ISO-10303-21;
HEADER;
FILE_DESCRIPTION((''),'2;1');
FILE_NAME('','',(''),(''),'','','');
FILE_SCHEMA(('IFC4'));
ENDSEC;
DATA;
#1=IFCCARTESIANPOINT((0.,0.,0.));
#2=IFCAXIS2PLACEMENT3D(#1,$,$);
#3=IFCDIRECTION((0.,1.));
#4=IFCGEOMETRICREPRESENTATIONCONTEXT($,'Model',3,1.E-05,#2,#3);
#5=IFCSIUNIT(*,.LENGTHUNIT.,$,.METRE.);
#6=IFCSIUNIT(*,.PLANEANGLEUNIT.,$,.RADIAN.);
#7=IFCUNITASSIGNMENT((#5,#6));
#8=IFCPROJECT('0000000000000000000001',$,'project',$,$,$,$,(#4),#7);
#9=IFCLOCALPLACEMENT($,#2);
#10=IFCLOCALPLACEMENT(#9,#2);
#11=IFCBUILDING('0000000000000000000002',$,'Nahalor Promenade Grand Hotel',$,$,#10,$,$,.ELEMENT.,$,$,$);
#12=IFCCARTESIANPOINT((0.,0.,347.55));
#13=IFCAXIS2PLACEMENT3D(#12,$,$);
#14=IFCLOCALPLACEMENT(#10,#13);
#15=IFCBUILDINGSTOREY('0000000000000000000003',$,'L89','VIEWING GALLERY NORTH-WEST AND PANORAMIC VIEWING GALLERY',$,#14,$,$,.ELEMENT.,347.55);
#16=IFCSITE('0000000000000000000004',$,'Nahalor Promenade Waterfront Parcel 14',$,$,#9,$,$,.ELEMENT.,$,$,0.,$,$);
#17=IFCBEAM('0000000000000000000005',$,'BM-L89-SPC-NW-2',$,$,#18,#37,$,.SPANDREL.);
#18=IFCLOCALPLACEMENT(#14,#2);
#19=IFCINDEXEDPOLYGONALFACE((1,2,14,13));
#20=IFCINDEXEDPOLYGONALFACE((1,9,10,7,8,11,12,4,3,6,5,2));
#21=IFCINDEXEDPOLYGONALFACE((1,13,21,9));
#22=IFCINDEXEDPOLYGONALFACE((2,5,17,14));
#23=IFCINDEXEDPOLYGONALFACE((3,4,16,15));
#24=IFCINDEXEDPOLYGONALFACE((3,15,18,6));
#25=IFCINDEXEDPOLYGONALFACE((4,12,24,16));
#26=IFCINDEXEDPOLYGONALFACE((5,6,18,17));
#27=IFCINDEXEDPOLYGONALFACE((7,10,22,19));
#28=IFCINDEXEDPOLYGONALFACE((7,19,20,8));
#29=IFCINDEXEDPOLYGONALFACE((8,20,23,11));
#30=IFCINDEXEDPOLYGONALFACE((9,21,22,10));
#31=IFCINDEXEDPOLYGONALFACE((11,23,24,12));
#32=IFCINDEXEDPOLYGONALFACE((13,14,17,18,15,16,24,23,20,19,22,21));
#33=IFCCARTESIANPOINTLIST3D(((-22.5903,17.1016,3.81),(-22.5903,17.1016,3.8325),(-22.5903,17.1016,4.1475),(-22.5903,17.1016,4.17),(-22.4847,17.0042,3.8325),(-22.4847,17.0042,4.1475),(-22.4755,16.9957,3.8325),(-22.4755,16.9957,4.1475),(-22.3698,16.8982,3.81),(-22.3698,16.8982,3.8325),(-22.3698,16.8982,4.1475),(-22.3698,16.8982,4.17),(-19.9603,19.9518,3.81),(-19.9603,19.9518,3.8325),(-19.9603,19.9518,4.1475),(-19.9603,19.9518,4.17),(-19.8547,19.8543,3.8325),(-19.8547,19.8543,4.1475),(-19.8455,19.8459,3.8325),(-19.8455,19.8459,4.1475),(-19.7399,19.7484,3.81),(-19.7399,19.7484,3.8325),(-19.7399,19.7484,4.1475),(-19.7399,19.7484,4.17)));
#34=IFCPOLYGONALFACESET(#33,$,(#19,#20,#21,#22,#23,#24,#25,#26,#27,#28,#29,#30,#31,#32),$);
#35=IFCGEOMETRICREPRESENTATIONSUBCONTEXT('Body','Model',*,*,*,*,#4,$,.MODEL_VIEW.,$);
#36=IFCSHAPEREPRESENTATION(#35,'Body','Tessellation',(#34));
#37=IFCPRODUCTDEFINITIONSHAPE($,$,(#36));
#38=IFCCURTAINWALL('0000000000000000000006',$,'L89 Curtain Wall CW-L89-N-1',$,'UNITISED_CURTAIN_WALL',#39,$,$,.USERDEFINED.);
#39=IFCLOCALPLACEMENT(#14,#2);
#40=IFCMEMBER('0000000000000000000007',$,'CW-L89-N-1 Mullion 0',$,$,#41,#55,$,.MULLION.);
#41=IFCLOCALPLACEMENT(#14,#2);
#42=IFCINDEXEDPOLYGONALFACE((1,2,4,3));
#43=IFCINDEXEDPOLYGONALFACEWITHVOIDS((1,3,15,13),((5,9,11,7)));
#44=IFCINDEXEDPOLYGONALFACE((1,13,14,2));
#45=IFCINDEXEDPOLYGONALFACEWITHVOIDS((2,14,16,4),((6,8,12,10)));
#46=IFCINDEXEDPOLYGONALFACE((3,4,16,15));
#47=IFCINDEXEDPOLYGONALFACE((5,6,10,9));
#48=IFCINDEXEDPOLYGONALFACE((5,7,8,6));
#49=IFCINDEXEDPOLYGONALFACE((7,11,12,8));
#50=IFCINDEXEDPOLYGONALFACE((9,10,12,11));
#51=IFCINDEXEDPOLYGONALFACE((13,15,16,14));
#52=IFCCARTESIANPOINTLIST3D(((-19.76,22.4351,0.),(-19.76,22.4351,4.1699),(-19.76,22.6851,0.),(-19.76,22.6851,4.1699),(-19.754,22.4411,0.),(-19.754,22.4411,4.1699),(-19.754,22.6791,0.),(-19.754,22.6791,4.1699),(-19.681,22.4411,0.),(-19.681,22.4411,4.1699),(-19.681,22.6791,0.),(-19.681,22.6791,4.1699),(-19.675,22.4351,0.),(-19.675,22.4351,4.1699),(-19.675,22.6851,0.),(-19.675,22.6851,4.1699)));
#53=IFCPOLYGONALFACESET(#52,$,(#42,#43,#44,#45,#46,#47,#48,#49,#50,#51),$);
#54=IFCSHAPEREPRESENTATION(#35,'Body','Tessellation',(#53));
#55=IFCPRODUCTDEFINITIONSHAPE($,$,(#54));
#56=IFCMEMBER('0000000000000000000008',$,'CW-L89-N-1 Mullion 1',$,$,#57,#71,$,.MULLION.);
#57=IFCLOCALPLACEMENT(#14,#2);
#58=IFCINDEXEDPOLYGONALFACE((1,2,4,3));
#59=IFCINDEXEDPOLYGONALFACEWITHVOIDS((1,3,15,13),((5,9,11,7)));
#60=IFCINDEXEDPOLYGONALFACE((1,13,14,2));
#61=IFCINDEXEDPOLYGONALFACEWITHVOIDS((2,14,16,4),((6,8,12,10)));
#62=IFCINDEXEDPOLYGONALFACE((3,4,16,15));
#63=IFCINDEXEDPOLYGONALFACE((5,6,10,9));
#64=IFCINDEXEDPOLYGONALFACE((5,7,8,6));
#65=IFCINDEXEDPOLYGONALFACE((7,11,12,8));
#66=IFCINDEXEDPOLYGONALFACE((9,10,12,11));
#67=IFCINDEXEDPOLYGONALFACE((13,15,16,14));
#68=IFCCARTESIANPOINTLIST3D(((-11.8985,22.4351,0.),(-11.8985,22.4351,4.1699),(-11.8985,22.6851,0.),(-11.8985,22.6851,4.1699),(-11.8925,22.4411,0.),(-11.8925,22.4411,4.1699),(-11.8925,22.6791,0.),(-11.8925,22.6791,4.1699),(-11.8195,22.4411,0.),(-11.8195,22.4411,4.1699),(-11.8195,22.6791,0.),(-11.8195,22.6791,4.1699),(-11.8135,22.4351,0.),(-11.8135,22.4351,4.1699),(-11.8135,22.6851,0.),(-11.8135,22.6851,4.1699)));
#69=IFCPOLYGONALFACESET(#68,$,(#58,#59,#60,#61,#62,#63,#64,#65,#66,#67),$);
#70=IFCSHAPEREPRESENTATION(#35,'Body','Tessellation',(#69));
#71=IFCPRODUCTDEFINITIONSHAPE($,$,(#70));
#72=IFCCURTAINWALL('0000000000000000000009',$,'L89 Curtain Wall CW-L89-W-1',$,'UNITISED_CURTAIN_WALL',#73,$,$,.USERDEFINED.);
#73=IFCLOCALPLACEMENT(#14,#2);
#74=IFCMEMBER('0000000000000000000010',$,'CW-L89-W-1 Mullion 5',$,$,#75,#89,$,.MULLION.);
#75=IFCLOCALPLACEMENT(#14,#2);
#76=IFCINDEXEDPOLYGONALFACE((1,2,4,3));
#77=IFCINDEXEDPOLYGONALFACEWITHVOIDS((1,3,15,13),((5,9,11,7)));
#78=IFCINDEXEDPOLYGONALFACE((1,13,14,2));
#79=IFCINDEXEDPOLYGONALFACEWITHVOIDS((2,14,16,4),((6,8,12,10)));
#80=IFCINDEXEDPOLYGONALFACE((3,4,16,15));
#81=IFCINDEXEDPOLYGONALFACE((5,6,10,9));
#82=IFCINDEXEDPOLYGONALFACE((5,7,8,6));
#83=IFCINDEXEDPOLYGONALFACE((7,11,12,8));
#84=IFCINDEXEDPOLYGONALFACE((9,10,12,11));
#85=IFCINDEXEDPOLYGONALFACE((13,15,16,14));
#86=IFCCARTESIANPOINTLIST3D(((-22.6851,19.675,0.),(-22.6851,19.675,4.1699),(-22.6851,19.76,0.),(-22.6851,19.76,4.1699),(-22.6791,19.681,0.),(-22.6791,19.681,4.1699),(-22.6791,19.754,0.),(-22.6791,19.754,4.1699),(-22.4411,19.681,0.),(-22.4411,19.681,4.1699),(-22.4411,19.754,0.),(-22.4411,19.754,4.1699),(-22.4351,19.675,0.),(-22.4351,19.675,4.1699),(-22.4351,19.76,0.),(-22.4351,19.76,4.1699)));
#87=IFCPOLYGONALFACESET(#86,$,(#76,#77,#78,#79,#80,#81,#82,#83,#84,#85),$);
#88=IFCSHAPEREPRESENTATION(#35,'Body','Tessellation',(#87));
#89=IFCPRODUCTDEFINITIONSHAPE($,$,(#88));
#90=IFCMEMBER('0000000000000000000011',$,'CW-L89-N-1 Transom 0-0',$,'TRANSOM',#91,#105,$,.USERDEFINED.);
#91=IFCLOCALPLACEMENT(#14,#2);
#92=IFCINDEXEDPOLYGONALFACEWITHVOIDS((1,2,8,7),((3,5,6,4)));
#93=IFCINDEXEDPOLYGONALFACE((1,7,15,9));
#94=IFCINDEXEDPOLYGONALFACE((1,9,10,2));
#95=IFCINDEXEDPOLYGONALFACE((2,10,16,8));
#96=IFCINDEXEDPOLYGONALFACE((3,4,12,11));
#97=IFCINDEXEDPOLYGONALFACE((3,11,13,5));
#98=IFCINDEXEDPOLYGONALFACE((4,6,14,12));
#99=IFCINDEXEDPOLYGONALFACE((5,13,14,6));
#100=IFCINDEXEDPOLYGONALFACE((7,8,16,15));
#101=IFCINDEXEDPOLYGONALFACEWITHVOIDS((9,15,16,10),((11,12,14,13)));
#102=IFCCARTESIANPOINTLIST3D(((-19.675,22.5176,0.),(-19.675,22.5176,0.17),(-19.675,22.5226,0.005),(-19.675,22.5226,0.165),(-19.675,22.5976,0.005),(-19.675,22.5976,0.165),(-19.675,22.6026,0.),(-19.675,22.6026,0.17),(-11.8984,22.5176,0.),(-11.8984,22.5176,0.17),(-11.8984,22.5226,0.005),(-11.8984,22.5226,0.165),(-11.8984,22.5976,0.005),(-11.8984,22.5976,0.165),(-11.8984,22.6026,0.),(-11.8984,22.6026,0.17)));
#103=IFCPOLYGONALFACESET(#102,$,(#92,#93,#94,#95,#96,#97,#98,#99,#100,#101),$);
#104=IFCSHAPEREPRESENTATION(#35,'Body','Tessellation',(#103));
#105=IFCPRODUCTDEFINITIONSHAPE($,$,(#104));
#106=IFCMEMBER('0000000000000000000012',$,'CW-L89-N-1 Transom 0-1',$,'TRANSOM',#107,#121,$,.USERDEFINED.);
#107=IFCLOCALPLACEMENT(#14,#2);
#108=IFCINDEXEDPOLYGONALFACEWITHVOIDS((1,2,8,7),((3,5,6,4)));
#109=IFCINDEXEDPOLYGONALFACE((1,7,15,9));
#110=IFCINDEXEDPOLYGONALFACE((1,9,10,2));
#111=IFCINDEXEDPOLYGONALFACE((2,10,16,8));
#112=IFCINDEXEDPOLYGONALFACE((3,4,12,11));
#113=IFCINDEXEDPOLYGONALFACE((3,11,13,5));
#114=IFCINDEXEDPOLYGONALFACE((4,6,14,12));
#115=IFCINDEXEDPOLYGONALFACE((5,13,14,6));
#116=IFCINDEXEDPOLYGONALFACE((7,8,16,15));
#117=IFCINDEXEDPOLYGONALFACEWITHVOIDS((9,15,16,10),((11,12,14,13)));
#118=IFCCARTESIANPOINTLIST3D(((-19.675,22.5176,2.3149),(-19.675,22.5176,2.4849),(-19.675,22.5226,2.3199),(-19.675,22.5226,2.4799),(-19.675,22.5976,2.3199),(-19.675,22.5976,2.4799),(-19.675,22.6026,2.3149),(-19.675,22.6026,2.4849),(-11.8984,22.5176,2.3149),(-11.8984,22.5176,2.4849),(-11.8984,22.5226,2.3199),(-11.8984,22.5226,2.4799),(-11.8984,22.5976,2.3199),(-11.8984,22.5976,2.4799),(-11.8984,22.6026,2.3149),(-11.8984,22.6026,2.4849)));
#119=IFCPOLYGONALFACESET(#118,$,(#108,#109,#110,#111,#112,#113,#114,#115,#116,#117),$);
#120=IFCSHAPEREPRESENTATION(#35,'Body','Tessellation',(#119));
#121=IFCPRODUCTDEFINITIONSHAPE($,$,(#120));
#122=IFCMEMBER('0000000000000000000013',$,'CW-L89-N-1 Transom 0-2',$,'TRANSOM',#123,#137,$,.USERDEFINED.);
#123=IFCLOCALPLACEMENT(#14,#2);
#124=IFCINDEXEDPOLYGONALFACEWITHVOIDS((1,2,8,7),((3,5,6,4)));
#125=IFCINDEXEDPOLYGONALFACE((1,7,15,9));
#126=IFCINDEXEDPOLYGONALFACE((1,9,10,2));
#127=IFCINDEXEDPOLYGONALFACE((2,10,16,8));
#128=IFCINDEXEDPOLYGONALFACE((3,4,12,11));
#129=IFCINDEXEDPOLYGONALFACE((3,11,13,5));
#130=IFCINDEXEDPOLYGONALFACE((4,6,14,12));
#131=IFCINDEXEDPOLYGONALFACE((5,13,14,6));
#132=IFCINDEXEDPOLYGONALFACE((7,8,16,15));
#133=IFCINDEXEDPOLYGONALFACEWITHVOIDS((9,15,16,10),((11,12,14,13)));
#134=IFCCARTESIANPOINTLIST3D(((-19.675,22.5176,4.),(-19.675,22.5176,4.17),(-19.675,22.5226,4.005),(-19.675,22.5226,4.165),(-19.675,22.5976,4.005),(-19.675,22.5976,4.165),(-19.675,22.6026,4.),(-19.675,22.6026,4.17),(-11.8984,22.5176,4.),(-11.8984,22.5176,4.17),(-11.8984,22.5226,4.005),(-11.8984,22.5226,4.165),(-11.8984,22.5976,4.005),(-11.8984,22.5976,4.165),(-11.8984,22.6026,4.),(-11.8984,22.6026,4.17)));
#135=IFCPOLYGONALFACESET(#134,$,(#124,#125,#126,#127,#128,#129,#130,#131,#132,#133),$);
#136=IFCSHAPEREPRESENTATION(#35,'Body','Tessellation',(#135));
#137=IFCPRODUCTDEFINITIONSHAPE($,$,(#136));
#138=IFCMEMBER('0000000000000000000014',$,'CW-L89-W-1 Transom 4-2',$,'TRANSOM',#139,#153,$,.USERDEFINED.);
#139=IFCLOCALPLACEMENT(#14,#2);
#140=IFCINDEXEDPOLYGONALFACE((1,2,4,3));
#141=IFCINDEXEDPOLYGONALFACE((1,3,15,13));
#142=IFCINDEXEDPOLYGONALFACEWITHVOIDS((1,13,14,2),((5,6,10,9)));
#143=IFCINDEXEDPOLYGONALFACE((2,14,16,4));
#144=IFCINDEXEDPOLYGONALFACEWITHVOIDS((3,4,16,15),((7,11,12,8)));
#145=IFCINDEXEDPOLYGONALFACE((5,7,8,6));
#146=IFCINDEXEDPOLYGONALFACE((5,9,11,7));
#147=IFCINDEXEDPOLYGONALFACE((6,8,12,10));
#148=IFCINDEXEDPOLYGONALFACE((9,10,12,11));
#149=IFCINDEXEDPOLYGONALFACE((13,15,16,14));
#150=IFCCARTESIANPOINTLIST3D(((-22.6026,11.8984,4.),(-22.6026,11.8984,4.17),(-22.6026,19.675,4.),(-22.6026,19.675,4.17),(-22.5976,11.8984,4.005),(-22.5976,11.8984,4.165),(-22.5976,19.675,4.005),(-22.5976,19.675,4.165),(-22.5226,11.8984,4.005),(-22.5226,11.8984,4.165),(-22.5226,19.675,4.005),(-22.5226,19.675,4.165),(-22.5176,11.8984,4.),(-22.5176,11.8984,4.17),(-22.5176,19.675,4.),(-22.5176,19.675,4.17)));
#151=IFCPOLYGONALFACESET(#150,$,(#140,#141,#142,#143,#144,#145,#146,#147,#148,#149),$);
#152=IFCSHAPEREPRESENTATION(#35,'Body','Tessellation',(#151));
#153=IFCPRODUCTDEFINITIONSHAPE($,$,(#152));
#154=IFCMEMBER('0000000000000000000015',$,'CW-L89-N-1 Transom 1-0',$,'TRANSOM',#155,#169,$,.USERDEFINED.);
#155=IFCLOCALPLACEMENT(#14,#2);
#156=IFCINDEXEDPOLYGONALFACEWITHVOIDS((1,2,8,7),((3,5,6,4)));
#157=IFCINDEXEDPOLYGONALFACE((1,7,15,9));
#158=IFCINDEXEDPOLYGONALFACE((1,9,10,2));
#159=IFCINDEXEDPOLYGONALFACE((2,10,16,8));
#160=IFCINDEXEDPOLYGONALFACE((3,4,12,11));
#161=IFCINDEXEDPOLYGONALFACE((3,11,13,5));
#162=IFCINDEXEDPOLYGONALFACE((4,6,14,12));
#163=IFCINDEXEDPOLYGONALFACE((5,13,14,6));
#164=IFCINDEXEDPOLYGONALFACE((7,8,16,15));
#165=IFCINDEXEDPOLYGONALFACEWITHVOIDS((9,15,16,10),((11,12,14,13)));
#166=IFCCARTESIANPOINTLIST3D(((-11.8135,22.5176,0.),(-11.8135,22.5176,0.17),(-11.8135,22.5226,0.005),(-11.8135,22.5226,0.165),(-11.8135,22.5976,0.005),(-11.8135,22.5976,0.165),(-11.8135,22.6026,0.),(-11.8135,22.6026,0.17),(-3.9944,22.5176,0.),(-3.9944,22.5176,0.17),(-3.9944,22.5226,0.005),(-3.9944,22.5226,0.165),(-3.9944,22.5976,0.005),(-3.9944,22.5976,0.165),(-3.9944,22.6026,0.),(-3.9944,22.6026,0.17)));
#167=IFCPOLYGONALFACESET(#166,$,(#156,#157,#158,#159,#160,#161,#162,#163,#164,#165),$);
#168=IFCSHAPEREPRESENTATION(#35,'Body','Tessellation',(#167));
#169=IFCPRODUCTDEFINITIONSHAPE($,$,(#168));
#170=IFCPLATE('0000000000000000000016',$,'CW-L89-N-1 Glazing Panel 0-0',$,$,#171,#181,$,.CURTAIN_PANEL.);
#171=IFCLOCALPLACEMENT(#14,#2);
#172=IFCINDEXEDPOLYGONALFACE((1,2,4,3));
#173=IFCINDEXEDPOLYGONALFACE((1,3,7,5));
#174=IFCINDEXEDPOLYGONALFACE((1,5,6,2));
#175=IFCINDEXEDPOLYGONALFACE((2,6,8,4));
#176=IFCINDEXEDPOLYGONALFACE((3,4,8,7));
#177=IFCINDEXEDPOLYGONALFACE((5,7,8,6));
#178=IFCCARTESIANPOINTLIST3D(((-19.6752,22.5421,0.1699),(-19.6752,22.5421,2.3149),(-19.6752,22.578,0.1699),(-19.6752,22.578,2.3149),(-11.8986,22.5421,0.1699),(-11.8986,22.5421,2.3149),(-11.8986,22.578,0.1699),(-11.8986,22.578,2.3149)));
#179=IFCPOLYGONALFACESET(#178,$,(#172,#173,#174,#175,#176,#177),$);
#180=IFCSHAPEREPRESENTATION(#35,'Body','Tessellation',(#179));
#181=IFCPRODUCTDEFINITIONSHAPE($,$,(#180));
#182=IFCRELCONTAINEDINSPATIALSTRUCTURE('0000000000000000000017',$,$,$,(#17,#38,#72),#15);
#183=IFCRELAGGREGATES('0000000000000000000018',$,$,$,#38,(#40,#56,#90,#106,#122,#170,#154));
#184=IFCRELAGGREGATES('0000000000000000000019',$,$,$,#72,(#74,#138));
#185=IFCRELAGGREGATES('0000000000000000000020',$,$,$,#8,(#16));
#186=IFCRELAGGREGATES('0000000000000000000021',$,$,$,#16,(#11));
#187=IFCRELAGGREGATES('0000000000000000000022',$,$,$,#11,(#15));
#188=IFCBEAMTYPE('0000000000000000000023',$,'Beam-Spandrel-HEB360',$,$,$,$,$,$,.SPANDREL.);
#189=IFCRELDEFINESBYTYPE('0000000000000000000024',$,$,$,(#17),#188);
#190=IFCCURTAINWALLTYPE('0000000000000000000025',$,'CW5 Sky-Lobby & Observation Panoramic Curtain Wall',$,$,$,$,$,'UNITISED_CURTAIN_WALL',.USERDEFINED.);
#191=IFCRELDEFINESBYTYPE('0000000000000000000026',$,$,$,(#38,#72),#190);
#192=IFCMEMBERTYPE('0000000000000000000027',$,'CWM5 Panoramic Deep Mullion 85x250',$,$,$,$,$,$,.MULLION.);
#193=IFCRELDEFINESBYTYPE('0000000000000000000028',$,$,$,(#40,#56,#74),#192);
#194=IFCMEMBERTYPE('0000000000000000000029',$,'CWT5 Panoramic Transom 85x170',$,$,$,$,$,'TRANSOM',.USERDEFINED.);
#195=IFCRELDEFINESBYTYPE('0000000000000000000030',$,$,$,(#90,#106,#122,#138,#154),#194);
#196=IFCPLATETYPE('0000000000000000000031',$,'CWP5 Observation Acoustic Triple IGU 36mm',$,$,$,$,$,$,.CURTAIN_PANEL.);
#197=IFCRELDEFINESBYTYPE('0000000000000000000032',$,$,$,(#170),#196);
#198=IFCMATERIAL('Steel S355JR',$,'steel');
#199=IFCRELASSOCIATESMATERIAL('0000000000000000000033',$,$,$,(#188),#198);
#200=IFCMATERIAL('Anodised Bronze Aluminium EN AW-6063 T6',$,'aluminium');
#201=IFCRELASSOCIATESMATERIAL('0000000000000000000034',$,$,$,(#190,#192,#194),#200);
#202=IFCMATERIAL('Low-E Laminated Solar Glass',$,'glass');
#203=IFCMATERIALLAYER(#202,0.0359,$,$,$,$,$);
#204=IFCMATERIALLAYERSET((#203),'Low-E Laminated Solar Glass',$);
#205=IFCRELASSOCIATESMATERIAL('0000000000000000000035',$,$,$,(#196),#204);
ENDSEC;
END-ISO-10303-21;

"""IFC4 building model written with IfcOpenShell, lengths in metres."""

from ifc_helpers import new_model, si_unit, direction, frame, origin, origin_2d, place, context, subcontext, project, spatial, rectangle, hollow_rectangle, i_section, extrude, source, transform, mapped, material, layer, layer_set, material_profile, profile_set, type_object, element, aggregate, save


model = new_model("IFC4")

# Units and contexts
model_context = context("Model", 3, precision=1e-05, world=origin(), true_north=direction((0.0, 1.0)))
body_context = subcontext(model_context, "Body", "Model", "MODEL_VIEW")
ifc_project = project(units=[si_unit("LENGTHUNIT", "METRE"), si_unit("PLANEANGLEUNIT", "RADIAN")], contexts=[model_context])

# Site, building, storey
site_placement = place(None, origin())
site = spatial("IfcSite", under=ifc_project, at=site_placement, Name="Nahalor Promenade Waterfront Parcel 14", CompositionType="ELEMENT", RefElevation=0.0)
building_placement = place(site_placement, origin())
building = spatial("IfcBuilding", under=site, at=building_placement, Name="Nahalor Promenade Grand Hotel", CompositionType="ELEMENT")
storey_placement = place(building_placement, frame((0.0, 0.0, 347.55)))
storey = spatial("IfcBuildingStorey", under=building, at=storey_placement, Name="L89", Description="VIEWING GALLERY NORTH-WEST AND PANORAMIC VIEWING GALLERY", CompositionType="ELEMENT", Elevation=347.55)

# Shared definitions
ifc_material_1 = material(Name="Steel S355JR", Category="steel")

# Beam
ifc_material_profile_1 = material_profile(ifc_material_1, i_section(OverallWidth=0.3, OverallDepth=0.36, WebThickness=0.0125, FlangeThickness=0.0225, at=origin_2d()), Name="HEB 360")
ifc_profile_set_1 = profile_set([ifc_material_profile_1], Name="Steel S355JR")
beam_type_1 = type_object("IfcBeamType", Name="Beam-Spandrel-HEB360", PredefinedType="SPANDREL", material=ifc_profile_set_1)
shared_shape_1 = source(origin(), body_context, "Body", "SweptSolid", [
    extrude(i_section(OverallWidth=0.3, OverallDepth=0.36, WebThickness=0.0125, FlangeThickness=0.0225, at=origin_2d()), origin(), (0.0, 0.0, 1.0), 3.8782),
])
for number, where, z_axis, x_axis, name in (
    (1, (-19.8501, 19.8501, 3.99), (-0.678144, -0.734929, 0.0), (0.734929, -0.678144, 0.0), "BM-L89-SPC-NW-2"),
):
    element("IfcBeam", number, at=place(storey_placement, frame(where, z_axis=z_axis, x_axis=x_axis)), inside=storey, type_object=beam_type_1, Name=name, PredefinedType="SPANDREL", context=body_context, shape_type="MappedRepresentation", body=[
        mapped(shared_shape_1, transform((0.0, 0.0, 0.0), scale=1.0)),
    ])

# Curtain wall, members
ifc_material_2 = material(Name="Anodised Bronze Aluminium EN AW-6063 T6", Category="aluminium")
curtain_wall_type = type_object("IfcCurtainWallType", Name="CW5 Sky-Lobby & Observation Panoramic Curtain Wall", ElementType="UNITISED_CURTAIN_WALL", PredefinedType="USERDEFINED", material=ifc_material_2)
curtain_wall_1_placement = place(storey_placement, origin())
curtain_wall_1 = element("IfcCurtainWall", 2, at=curtain_wall_1_placement, inside=storey, type_object=curtain_wall_type, Name="L89 Curtain Wall CW-L89-N-1", ObjectType="UNITISED_CURTAIN_WALL", PredefinedType="USERDEFINED")
ifc_material_profile_2 = material_profile(ifc_material_2, hollow_rectangle(XDim=0.085, YDim=0.25, WallThickness=0.006, at=origin_2d()), Name="CWM 85x250x6")
ifc_profile_set_2 = profile_set([ifc_material_profile_2], Name="Anodised Bronze Aluminium EN AW-6063 T6")
member_type_1 = type_object("IfcMemberType", Name="CWM5 Panoramic Deep Mullion 85x250", PredefinedType="MULLION", material=ifc_profile_set_2)
shared_shape_2 = source(origin(), body_context, "Body", "SweptSolid", [
    extrude(hollow_rectangle(XDim=0.085, YDim=0.25, WallThickness=0.006, at=origin_2d()), origin(), (0.0, 0.0, 1.0), 4.1699),
])
member_1_placement = place(storey_placement, frame((-19.7175, 22.5601, 0.0), z_axis=(0.0, 0.0, 1.0), x_axis=(1.0, 0.0, 0.0)))
member_1 = element("IfcMember", 3, at=member_1_placement, type_object=member_type_1, Name="CW-L89-N-1 Mullion 0", PredefinedType="MULLION", context=body_context, shape_type="MappedRepresentation", body=[
    mapped(shared_shape_2, transform((0.0, 0.0, 0.0), scale=1.0)),
])
member_2_placement = place(storey_placement, frame((-11.856, 22.5601, 0.0), z_axis=(0.0, 0.0, 1.0), x_axis=(1.0, 0.0, 0.0)))
member_2 = element("IfcMember", 4, at=member_2_placement, type_object=member_type_1, Name="CW-L89-N-1 Mullion 1", PredefinedType="MULLION", context=body_context, shape_type="MappedRepresentation", body=[
    mapped(shared_shape_2, transform((0.0, 0.0, 0.0), scale=1.0)),
])

# Curtain wall, member
curtain_wall_2_placement = place(storey_placement, origin())
curtain_wall_2 = element("IfcCurtainWall", 5, at=curtain_wall_2_placement, inside=storey, type_object=curtain_wall_type, Name="L89 Curtain Wall CW-L89-W-1", ObjectType="UNITISED_CURTAIN_WALL", PredefinedType="USERDEFINED")
member_3_placement = place(storey_placement, frame((-22.5601, 19.7175, 0.0), z_axis=(0.0, 0.0, 1.0), x_axis=(0.0, 1.0, 0.0)))
member_3 = element("IfcMember", 6, at=member_3_placement, type_object=member_type_1, Name="CW-L89-W-1 Mullion 5", PredefinedType="MULLION", context=body_context, shape_type="MappedRepresentation", body=[
    mapped(shared_shape_2, transform((0.0, 0.0, 0.0), scale=1.0)),
])

# Members
ifc_material_profile_3 = material_profile(ifc_material_2, hollow_rectangle(XDim=0.085, YDim=0.17, WallThickness=0.005, at=origin_2d()), Name="CWT 85x170x5")
ifc_profile_set_3 = profile_set([ifc_material_profile_3], Name="Anodised Bronze Aluminium EN AW-6063 T6")
member_type_2 = type_object("IfcMemberType", Name="CWT5 Panoramic Transom 85x170", ElementType="TRANSOM", PredefinedType="USERDEFINED", material=ifc_profile_set_3)
shared_shape_3 = source(origin(), body_context, "Body", "SweptSolid", [
    extrude(hollow_rectangle(XDim=0.085, YDim=0.17, WallThickness=0.005, at=origin_2d()), origin(), (0.0, 0.0, 1.0), 7.7766),
])
member_4_placement = place(storey_placement, frame((-19.675, 22.5601, 0.085), z_axis=(1.0, 0.0, 0.0), x_axis=(0.0, 1.0, 0.0)))
member_4 = element("IfcMember", 7, at=member_4_placement, type_object=member_type_2, Name="CW-L89-N-1 Transom 0-0", ObjectType="TRANSOM", PredefinedType="USERDEFINED", context=body_context, shape_type="MappedRepresentation", body=[
    mapped(shared_shape_3, transform((0.0, 0.0, 0.0), scale=1.0)),
])
member_5_placement = place(storey_placement, frame((-19.675, 22.5601, 2.3999), z_axis=(1.0, 0.0, 0.0), x_axis=(0.0, 1.0, 0.0)))
member_5 = element("IfcMember", 8, at=member_5_placement, type_object=member_type_2, Name="CW-L89-N-1 Transom 0-1", ObjectType="TRANSOM", PredefinedType="USERDEFINED", context=body_context, shape_type="MappedRepresentation", body=[
    mapped(shared_shape_3, transform((0.0, 0.0, 0.0), scale=1.0)),
])
member_6_placement = place(storey_placement, frame((-19.675, 22.5601, 4.085), z_axis=(1.0, 0.0, 0.0), x_axis=(0.0, 1.0, 0.0)))
member_6 = element("IfcMember", 9, at=member_6_placement, type_object=member_type_2, Name="CW-L89-N-1 Transom 0-2", ObjectType="TRANSOM", PredefinedType="USERDEFINED", context=body_context, shape_type="MappedRepresentation", body=[
    mapped(shared_shape_3, transform((0.0, 0.0, 0.0), scale=1.0)),
])
member_7_placement = place(storey_placement, frame((-22.5601, 11.8984, 4.085), z_axis=(0.0, 1.0, 0.0), x_axis=(-1.0, 0.0, 0.0)))
member_7 = element("IfcMember", 10, at=member_7_placement, type_object=member_type_2, Name="CW-L89-W-1 Transom 4-2", ObjectType="TRANSOM", PredefinedType="USERDEFINED", context=body_context, shape_type="MappedRepresentation", body=[
    mapped(shared_shape_3, transform((0.0, 0.0, 0.0), scale=1.0)),
])
shared_shape_4 = source(origin(), body_context, "Body", "SweptSolid", [
    extrude(hollow_rectangle(XDim=0.085, YDim=0.17, WallThickness=0.005, at=origin_2d()), origin(), (0.0, 0.0, 1.0), 7.8191),
])
member_8_placement = place(storey_placement, frame((-11.8135, 22.5601, 0.085), z_axis=(1.0, 0.0, 0.0), x_axis=(0.0, 1.0, 0.0)))
member_8 = element("IfcMember", 11, at=member_8_placement, type_object=member_type_2, Name="CW-L89-N-1 Transom 1-0", ObjectType="TRANSOM", PredefinedType="USERDEFINED", context=body_context, shape_type="MappedRepresentation", body=[
    mapped(shared_shape_4, transform((0.0, 0.0, 0.0), scale=1.0)),
])

# Plate
ifc_material_3 = material(Name="Low-E Laminated Solar Glass", Category="glass")
ifc_layer_1 = layer(ifc_material_3, 0.0359)
ifc_layer_set_1 = layer_set([ifc_layer_1], Name="Low-E Laminated Solar Glass")
plate_type = type_object("IfcPlateType", Name="CWP5 Observation Acoustic Triple IGU 36mm", PredefinedType="CURTAIN_PANEL", material=ifc_layer_set_1)
shared_shape_5 = source(origin(), body_context, "Body", "SweptSolid", [
    extrude(rectangle(XDim=7.7766, YDim=0.0359, at=origin_2d()), origin(), (0.0, 0.0, 1.0), 2.145),
])
plate_1_placement = place(storey_placement, frame((-15.7869, 22.5601, 0.1699), z_axis=(0.0, 0.0, 1.0), x_axis=(1.0, 0.0, 0.0)))
plate_1 = element("IfcPlate", 12, at=plate_1_placement, type_object=plate_type, Name="CW-L89-N-1 Glazing Panel 0-0", PredefinedType="CURTAIN_PANEL", context=body_context, shape_type="MappedRepresentation", body=[
    mapped(shared_shape_5, transform((0.0, 0.0, 0.0), scale=1.0)),
])
aggregate(curtain_wall_1, [member_1, member_2, member_4, member_5, member_6, plate_1, member_8])
aggregate(curtain_wall_2, [member_3, member_7])

save(model, "model.ifc")
